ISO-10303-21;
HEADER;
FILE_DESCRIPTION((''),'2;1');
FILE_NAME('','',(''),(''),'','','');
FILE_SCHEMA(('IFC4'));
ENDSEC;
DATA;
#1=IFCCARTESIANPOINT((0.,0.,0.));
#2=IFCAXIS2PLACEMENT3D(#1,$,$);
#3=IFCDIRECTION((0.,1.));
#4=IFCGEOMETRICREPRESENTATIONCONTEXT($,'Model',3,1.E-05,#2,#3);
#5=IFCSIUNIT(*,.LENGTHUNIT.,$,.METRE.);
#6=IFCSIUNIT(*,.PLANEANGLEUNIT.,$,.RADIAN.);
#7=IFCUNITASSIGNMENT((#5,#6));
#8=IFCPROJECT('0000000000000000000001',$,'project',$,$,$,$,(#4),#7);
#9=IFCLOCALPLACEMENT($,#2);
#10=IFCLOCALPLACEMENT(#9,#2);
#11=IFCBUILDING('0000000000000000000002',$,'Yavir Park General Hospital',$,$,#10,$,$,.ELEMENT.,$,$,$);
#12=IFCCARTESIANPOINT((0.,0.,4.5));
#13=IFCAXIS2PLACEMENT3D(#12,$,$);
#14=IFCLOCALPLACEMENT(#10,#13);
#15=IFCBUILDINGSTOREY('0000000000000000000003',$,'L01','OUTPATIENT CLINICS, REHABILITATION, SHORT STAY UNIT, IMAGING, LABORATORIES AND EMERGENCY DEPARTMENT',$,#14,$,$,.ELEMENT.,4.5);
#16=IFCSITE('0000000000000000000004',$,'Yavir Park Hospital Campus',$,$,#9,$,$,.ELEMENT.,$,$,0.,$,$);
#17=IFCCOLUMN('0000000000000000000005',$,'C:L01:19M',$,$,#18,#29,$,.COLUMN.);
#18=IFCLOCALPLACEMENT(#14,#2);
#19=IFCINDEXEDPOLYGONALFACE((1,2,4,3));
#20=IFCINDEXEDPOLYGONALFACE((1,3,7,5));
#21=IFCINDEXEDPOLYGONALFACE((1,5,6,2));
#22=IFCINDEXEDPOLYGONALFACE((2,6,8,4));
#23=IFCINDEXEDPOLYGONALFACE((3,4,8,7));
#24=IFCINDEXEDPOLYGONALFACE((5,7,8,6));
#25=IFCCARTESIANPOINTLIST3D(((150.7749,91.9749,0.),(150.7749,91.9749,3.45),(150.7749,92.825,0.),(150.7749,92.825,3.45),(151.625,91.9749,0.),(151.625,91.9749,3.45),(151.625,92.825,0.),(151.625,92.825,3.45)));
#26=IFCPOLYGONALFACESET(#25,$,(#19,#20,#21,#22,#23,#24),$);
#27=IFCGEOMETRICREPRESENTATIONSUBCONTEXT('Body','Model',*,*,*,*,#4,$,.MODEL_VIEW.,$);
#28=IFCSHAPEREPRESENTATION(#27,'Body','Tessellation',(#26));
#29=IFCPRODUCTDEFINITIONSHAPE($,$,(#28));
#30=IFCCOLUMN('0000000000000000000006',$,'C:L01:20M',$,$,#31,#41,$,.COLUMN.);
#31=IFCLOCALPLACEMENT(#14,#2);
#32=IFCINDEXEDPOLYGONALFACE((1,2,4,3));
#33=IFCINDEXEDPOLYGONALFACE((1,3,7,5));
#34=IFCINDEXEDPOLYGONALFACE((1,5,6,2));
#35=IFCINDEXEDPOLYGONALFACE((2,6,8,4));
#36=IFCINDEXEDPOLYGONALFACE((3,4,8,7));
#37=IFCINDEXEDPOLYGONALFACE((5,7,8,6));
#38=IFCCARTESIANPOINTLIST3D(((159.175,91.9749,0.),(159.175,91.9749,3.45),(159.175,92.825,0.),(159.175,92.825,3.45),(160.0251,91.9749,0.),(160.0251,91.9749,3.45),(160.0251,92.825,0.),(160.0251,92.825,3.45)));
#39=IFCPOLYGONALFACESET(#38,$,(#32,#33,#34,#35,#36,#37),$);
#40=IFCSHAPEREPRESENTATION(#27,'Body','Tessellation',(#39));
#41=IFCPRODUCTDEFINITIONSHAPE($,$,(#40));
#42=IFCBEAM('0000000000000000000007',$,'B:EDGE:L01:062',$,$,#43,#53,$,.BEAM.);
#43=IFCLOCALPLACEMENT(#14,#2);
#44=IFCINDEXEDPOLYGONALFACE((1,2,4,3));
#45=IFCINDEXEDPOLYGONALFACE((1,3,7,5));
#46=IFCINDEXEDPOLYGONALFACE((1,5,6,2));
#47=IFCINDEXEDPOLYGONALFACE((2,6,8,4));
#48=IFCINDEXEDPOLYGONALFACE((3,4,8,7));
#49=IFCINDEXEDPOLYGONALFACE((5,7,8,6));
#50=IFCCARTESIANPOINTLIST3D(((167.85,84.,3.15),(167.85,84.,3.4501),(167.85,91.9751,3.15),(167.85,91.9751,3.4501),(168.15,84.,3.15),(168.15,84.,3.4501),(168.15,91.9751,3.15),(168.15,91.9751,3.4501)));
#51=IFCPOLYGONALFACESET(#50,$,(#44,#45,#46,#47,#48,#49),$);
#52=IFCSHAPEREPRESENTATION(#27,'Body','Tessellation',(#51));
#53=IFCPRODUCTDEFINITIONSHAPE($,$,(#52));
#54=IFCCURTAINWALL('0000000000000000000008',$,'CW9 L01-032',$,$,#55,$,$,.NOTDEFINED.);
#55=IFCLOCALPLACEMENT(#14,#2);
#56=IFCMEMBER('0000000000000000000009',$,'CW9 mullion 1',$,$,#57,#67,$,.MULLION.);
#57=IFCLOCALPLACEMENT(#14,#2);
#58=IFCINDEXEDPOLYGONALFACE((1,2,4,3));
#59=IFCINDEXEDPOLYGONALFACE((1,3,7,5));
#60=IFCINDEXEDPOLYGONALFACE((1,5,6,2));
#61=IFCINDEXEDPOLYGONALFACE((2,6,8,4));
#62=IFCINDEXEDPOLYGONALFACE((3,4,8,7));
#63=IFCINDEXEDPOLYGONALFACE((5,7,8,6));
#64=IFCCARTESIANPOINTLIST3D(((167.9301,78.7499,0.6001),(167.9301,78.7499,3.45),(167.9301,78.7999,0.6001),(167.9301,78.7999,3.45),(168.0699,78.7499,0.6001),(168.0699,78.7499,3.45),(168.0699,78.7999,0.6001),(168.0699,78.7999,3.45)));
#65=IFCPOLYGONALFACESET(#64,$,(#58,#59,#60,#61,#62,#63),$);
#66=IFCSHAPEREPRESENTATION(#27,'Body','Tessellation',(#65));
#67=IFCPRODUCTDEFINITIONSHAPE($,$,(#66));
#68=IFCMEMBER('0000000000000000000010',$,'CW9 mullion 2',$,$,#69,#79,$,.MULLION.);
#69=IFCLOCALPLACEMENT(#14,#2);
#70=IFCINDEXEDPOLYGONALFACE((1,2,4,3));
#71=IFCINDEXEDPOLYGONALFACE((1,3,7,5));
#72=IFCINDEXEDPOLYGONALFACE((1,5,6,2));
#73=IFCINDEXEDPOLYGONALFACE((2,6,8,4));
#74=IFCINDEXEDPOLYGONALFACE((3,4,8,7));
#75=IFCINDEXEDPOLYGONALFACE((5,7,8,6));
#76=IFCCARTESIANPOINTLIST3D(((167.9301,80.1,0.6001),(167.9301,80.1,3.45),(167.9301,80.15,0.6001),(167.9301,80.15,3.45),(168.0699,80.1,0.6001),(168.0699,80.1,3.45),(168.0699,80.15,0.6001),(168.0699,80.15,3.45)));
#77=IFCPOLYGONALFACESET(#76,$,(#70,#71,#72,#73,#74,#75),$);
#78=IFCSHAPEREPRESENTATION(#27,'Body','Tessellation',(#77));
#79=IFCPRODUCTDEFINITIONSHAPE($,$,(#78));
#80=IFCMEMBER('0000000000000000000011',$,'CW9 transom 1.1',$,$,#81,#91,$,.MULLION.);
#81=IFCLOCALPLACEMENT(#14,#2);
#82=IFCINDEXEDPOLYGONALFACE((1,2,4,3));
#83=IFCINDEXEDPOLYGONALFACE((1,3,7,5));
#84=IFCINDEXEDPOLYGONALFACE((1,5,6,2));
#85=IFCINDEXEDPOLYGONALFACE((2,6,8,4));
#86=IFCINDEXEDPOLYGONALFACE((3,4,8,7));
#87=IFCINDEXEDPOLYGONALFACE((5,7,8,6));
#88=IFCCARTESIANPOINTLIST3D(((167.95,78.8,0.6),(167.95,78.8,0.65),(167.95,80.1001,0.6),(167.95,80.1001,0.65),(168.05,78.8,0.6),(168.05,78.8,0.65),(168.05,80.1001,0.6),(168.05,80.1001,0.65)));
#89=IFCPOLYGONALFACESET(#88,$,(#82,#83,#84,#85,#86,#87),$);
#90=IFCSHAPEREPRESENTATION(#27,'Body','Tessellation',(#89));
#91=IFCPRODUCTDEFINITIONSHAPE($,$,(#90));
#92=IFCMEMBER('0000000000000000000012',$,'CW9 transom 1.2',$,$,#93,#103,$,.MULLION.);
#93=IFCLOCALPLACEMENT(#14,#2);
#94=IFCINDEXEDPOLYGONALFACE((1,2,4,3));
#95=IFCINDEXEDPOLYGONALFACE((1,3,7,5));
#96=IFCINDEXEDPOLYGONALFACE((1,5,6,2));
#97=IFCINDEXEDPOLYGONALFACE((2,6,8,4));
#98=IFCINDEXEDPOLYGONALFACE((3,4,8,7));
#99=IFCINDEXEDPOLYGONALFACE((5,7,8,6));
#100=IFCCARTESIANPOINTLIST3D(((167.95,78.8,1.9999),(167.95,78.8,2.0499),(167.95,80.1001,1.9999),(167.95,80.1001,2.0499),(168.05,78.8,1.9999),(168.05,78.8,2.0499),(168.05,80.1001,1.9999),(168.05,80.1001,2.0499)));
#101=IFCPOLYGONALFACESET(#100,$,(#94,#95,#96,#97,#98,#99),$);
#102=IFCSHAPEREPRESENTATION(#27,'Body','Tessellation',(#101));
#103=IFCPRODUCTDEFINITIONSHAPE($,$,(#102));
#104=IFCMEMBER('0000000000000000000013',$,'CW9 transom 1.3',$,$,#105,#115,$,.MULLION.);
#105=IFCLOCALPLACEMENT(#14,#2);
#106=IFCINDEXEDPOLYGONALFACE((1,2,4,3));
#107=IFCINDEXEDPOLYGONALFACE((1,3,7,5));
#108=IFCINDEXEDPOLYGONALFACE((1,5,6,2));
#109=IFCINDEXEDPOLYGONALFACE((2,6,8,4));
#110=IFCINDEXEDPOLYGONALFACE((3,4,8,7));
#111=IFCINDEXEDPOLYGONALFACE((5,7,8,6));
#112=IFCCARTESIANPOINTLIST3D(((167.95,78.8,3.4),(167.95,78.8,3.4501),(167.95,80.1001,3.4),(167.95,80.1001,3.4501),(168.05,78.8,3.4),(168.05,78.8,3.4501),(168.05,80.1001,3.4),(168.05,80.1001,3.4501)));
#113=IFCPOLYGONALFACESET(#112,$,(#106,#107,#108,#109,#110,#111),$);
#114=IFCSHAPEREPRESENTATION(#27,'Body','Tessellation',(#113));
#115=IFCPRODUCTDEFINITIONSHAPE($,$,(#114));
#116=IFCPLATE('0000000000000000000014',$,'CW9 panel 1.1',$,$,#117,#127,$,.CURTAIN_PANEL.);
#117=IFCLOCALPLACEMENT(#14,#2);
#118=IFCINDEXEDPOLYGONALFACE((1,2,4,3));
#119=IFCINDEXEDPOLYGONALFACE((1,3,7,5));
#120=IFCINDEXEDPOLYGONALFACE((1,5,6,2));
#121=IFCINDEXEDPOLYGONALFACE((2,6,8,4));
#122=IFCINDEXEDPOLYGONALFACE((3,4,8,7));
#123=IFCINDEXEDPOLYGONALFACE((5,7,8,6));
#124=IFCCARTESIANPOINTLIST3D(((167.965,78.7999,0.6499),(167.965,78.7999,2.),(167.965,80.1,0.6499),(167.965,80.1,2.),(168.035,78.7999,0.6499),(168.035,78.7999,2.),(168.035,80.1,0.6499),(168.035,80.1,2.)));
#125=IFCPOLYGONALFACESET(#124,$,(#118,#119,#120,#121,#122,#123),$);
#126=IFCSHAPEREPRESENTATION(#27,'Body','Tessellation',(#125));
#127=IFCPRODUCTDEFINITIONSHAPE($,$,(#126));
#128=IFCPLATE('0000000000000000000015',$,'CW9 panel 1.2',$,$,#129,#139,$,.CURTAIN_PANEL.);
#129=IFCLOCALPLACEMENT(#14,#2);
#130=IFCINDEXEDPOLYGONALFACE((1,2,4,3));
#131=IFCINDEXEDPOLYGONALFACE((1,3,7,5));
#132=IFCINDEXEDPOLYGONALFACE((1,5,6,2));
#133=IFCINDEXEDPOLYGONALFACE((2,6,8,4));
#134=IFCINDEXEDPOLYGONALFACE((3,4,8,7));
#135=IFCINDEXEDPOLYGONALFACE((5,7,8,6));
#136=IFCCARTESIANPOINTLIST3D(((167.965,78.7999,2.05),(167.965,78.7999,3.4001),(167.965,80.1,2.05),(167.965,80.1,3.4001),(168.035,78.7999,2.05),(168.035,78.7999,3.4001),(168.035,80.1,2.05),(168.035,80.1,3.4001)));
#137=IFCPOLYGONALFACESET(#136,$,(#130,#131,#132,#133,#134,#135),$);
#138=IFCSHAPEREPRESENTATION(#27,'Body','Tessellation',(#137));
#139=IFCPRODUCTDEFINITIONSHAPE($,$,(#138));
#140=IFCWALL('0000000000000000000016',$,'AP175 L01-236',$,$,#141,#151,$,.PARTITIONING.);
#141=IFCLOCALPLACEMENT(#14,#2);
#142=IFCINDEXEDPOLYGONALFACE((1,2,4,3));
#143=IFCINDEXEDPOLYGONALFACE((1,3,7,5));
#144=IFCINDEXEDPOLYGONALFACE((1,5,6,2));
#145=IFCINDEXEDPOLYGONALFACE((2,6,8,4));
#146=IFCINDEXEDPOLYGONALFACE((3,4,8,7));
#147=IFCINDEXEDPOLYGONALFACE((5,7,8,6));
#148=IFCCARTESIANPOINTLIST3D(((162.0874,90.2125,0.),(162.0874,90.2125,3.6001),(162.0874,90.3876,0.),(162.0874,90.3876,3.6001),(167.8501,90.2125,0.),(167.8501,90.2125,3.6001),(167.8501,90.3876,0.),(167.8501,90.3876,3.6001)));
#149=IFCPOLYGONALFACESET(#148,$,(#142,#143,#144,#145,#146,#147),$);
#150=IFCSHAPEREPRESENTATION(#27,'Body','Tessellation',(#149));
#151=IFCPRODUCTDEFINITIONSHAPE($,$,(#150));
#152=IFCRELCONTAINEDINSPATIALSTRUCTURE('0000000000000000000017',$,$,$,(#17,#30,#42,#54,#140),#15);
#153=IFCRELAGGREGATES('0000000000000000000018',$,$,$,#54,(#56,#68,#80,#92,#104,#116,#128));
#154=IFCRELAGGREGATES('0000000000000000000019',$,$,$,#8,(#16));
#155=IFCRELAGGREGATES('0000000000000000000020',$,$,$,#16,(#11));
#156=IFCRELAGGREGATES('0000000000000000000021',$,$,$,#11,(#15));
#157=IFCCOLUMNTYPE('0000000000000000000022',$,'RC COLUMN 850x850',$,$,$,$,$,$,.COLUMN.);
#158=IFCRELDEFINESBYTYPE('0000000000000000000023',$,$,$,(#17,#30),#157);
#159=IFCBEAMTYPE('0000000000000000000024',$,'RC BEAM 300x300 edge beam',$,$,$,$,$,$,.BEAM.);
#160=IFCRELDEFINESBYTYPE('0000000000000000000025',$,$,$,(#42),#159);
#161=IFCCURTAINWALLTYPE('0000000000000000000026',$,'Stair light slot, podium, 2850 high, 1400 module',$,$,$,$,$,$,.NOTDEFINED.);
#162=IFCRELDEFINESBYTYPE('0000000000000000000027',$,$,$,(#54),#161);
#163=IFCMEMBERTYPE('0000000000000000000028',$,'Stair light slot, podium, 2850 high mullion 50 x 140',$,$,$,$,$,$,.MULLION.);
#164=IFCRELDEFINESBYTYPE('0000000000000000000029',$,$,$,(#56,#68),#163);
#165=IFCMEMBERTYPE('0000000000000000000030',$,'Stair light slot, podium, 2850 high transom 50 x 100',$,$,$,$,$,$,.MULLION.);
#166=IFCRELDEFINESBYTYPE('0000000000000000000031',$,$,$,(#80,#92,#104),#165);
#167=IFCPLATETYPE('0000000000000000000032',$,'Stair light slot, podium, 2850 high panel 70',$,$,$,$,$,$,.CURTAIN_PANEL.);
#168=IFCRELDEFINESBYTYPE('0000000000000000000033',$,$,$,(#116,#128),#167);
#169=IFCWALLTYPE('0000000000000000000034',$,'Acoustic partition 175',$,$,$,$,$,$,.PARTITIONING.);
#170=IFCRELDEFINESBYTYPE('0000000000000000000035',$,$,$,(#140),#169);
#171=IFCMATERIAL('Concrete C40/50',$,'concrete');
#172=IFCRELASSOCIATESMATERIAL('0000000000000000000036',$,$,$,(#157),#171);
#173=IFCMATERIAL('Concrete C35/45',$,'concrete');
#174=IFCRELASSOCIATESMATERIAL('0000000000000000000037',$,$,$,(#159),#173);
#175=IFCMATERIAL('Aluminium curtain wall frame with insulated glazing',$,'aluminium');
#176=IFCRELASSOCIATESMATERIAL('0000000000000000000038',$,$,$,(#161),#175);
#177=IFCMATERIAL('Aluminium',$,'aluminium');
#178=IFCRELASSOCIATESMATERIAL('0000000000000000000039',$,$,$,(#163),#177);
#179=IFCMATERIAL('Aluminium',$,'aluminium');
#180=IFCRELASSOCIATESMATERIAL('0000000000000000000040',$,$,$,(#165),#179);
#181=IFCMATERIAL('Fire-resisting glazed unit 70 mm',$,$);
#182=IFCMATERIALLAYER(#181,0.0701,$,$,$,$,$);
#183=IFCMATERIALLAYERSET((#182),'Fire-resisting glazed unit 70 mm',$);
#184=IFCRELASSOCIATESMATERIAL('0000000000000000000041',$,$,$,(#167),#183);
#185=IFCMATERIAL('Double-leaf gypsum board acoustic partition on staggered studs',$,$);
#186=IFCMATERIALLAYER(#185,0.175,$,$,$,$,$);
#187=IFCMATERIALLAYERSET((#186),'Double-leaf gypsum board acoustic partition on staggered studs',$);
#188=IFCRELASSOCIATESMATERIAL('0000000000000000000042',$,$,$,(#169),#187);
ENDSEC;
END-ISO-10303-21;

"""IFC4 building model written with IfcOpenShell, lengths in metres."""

from ifc_helpers import new_model, si_unit, direction, frame, frame_2d, origin, origin_2d, place, context, subcontext, project, spatial, rectangle, extrude, material, layer, layer_set, material_profile, profile_set, type_object, element, aggregate, save


model = new_model("IFC4")

# Units and contexts
model_context = context("Model", 3, precision=1e-05, world=origin(), true_north=direction((0.0, 1.0)))
body_context = subcontext(model_context, "Body", "Model", "MODEL_VIEW")
ifc_project = project(units=[si_unit("LENGTHUNIT", "METRE"), si_unit("PLANEANGLEUNIT", "RADIAN")], contexts=[model_context])

# Site, building, storey
site_placement = place(None, origin())
site = spatial("IfcSite", under=ifc_project, at=site_placement, Name="Yavir Park Hospital Campus", CompositionType="ELEMENT", RefElevation=0.0)
building_placement = place(site_placement, origin())
building = spatial("IfcBuilding", under=site, at=building_placement, Name="Yavir Park General Hospital", CompositionType="ELEMENT")
storey_placement = place(building_placement, frame((0.0, 0.0, 4.5)))
storey = spatial("IfcBuildingStorey", under=building, at=storey_placement, Name="L01", Description="OUTPATIENT CLINICS, REHABILITATION, SHORT STAY UNIT, IMAGING, LABORATORIES AND EMERGENCY DEPARTMENT", CompositionType="ELEMENT", Elevation=4.5)

# Columns
ifc_material_1 = material(Name="Concrete C40/50", Category="concrete")
ifc_material_profile_1 = material_profile(ifc_material_1, rectangle(XDim=0.8501, YDim=0.8501, at=origin_2d()), Name="RC850x850")
ifc_profile_set_1 = profile_set([ifc_material_profile_1], Name="Concrete C40/50")
column_type = type_object("IfcColumnType", Name="RC COLUMN 850x850", PredefinedType="COLUMN", material=ifc_profile_set_1)
for number, where, z_axis, x_axis, name in (
    (1, (151.2, 92.3999, 0.0), (0.0, 0.0, 1.0), (1.0, 0.0, 0.0), "C:L01:19M"),
    (2, (159.6001, 92.3999, 0.0), (0.0, 0.0, 1.0), (1.0, 0.0, 0.0), "C:L01:20M"),
):
    element("IfcColumn", number, at=place(storey_placement, frame(where, z_axis=z_axis, x_axis=x_axis)), inside=storey, type_object=column_type, Name=name, PredefinedType="COLUMN", context=body_context, shape_type="SweptSolid", body=[
        extrude(rectangle(XDim=0.8501, YDim=0.8501, at=origin_2d()), origin(), (0.0, 0.0, 1.0), 3.45),
    ])

# Beam
ifc_material_2 = material(Name="Concrete C35/45", Category="concrete")
ifc_material_profile_2 = material_profile(ifc_material_2, rectangle(XDim=0.3, YDim=0.3, at=origin_2d()), Name="RC300x300")
ifc_profile_set_2 = profile_set([ifc_material_profile_2], Name="Concrete C35/45")
beam_type = type_object("IfcBeamType", Name="RC BEAM 300x300 edge beam", PredefinedType="BEAM", material=ifc_profile_set_2)
beam_placement = place(storey_placement, frame((168.0, 84.0, 3.3), z_axis=(0.0, 1.0, 0.0), x_axis=(-1.0, 0.0, 0.0)))
element("IfcBeam", 3, at=beam_placement, inside=storey, type_object=beam_type, Name="B:EDGE:L01:062", PredefinedType="BEAM", context=body_context, shape_type="SweptSolid", body=[
    extrude(rectangle(XDim=0.3, YDim=0.3, at=origin_2d()), origin(), (0.0, 0.0, 1.0), 7.9751),
])

# Curtain wall, members, plates
ifc_material_3 = material(Name="Aluminium curtain wall frame with insulated glazing", Category="aluminium")
curtain_wall_type = type_object("IfcCurtainWallType", Name="Stair light slot, podium, 2850 high, 1400 module", PredefinedType="NOTDEFINED", material=ifc_material_3)
curtain_wall_placement = place(storey_placement, origin())
curtain_wall = element("IfcCurtainWall", 4, at=curtain_wall_placement, inside=storey, type_object=curtain_wall_type, Name="CW9 L01-032", PredefinedType="NOTDEFINED")
ifc_material_4 = material(Name="Aluminium", Category="aluminium")
ifc_material_profile_3 = material_profile(ifc_material_4, rectangle(XDim=0.1399, YDim=0.05, at=origin_2d()), Name="AL 50x140")
ifc_profile_set_3 = profile_set([ifc_material_profile_3], Name="Aluminium")
member_type_1 = type_object("IfcMemberType", Name="Stair light slot, podium, 2850 high mullion 50 x 140", PredefinedType="MULLION", material=ifc_profile_set_3)
member_1_placement = place(storey_placement, frame((168.0, 78.7749, 0.6001), z_axis=(0.0, 0.0, 1.0), x_axis=(-1.0, 0.0, 0.0)))
member_1 = element("IfcMember", 5, at=member_1_placement, type_object=member_type_1, Name="CW9 mullion 1", PredefinedType="MULLION", context=body_context, shape_type="SweptSolid", body=[
    extrude(rectangle(XDim=0.1399, YDim=0.05, at=origin_2d()), origin(), (0.0, 0.0, 1.0), 2.8499),
])
member_2_placement = place(storey_placement, frame((168.0, 80.125, 0.6001), z_axis=(0.0, 0.0, 1.0), x_axis=(-1.0, 0.0, 0.0)))
member_2 = element("IfcMember", 6, at=member_2_placement, type_object=member_type_1, Name="CW9 mullion 2", PredefinedType="MULLION", context=body_context, shape_type="SweptSolid", body=[
    extrude(rectangle(XDim=0.1399, YDim=0.05, at=origin_2d()), origin(), (0.0, 0.0, 1.0), 2.8499),
])
ifc_material_5 = material(Name="Aluminium", Category="aluminium")
ifc_material_profile_4 = material_profile(ifc_material_5, rectangle(XDim=0.1001, YDim=0.05, at=origin_2d()), Name="AL 100x50")
ifc_profile_set_4 = profile_set([ifc_material_profile_4], Name="Aluminium")
member_type_2 = type_object("IfcMemberType", Name="Stair light slot, podium, 2850 high transom 50 x 100", PredefinedType="MULLION", material=ifc_profile_set_4)
member_3_placement = place(storey_placement, frame((168.0, 78.8, 0.625), z_axis=(0.0, 1.0, 0.0), x_axis=(-1.0, 0.0, 0.0)))
member_3 = element("IfcMember", 7, at=member_3_placement, type_object=member_type_2, Name="CW9 transom 1.1", PredefinedType="MULLION", context=body_context, shape_type="SweptSolid", body=[
    extrude(rectangle(XDim=0.1001, YDim=0.05, at=origin_2d()), origin(), (0.0, 0.0, 1.0), 1.3),
])
member_4_placement = place(storey_placement, frame((168.0, 78.8, 2.0249), z_axis=(0.0, 1.0, 0.0), x_axis=(-1.0, 0.0, 0.0)))
member_4 = element("IfcMember", 8, at=member_4_placement, type_object=member_type_2, Name="CW9 transom 1.2", PredefinedType="MULLION", context=body_context, shape_type="SweptSolid", body=[
    extrude(rectangle(XDim=0.1001, YDim=0.05, at=origin_2d()), origin(), (0.0, 0.0, 1.0), 1.3),
])
member_5_placement = place(storey_placement, frame((168.0, 78.8, 3.425), z_axis=(0.0, 1.0, 0.0), x_axis=(-1.0, 0.0, 0.0)))
member_5 = element("IfcMember", 9, at=member_5_placement, type_object=member_type_2, Name="CW9 transom 1.3", PredefinedType="MULLION", context=body_context, shape_type="SweptSolid", body=[
    extrude(rectangle(XDim=0.1001, YDim=0.05, at=origin_2d()), origin(), (0.0, 0.0, 1.0), 1.3),
])
ifc_material_6 = material(Name="Fire-resisting glazed unit 70 mm")
ifc_layer_1 = layer(ifc_material_6, 0.0701)
ifc_layer_set_1 = layer_set([ifc_layer_1], Name="Fire-resisting glazed unit 70 mm")
plate_type = type_object("IfcPlateType", Name="Stair light slot, podium, 2850 high panel 70", PredefinedType="CURTAIN_PANEL", material=ifc_layer_set_1)
plate_1_placement = place(storey_placement, frame((168.0, 79.45, 0.6499), z_axis=(0.0, 0.0, 1.0), x_axis=(0.0, 1.0, 0.0)))
plate_1 = element("IfcPlate", 10, at=plate_1_placement, type_object=plate_type, Name="CW9 panel 1.1", PredefinedType="CURTAIN_PANEL", context=body_context, shape_type="SweptSolid", body=[
    extrude(rectangle(XDim=1.3, YDim=0.0701, at=origin_2d()), origin(), (0.0, 0.0, 1.0), 1.3501),
])
plate_2_placement = place(storey_placement, frame((168.0, 79.45, 2.05), z_axis=(0.0, 0.0, 1.0), x_axis=(0.0, 1.0, 0.0)))
plate_2 = element("IfcPlate", 11, at=plate_2_placement, type_object=plate_type, Name="CW9 panel 1.2", PredefinedType="CURTAIN_PANEL", context=body_context, shape_type="SweptSolid", body=[
    extrude(rectangle(XDim=1.3, YDim=0.0701, at=origin_2d()), origin(), (0.0, 0.0, 1.0), 1.3501),
])
aggregate(curtain_wall, [member_1, member_2, member_3, member_4, member_5, plate_1, plate_2])

# Wall
ifc_material_7 = material(Name="Double-leaf gypsum board acoustic partition on staggered studs")
ifc_layer_2 = layer(ifc_material_7, 0.175)
ifc_layer_set_2 = layer_set([ifc_layer_2], Name="Double-leaf gypsum board acoustic partition on staggered studs")
wall_type_1 = type_object("IfcWallType", Name="Acoustic partition 175", PredefinedType="PARTITIONING", material=ifc_layer_set_2)
wall_1_placement = place(storey_placement, frame((162.0874, 90.3, 0.0), z_axis=(0.0, 0.0, 1.0), x_axis=(1.0, 0.0, 0.0)))
element("IfcWall", 12, at=wall_1_placement, inside=storey, type_object=wall_type_1, Name="AP175 L01-236", PredefinedType="PARTITIONING", context=body_context, shape_type="SweptSolid", body=[
    extrude(rectangle(XDim=5.7627, YDim=0.175, at=frame_2d((2.8813, 0.0))), origin(), (0.0, 0.0, 1.0), 3.6001),
])

save(model, "model.ifc")
